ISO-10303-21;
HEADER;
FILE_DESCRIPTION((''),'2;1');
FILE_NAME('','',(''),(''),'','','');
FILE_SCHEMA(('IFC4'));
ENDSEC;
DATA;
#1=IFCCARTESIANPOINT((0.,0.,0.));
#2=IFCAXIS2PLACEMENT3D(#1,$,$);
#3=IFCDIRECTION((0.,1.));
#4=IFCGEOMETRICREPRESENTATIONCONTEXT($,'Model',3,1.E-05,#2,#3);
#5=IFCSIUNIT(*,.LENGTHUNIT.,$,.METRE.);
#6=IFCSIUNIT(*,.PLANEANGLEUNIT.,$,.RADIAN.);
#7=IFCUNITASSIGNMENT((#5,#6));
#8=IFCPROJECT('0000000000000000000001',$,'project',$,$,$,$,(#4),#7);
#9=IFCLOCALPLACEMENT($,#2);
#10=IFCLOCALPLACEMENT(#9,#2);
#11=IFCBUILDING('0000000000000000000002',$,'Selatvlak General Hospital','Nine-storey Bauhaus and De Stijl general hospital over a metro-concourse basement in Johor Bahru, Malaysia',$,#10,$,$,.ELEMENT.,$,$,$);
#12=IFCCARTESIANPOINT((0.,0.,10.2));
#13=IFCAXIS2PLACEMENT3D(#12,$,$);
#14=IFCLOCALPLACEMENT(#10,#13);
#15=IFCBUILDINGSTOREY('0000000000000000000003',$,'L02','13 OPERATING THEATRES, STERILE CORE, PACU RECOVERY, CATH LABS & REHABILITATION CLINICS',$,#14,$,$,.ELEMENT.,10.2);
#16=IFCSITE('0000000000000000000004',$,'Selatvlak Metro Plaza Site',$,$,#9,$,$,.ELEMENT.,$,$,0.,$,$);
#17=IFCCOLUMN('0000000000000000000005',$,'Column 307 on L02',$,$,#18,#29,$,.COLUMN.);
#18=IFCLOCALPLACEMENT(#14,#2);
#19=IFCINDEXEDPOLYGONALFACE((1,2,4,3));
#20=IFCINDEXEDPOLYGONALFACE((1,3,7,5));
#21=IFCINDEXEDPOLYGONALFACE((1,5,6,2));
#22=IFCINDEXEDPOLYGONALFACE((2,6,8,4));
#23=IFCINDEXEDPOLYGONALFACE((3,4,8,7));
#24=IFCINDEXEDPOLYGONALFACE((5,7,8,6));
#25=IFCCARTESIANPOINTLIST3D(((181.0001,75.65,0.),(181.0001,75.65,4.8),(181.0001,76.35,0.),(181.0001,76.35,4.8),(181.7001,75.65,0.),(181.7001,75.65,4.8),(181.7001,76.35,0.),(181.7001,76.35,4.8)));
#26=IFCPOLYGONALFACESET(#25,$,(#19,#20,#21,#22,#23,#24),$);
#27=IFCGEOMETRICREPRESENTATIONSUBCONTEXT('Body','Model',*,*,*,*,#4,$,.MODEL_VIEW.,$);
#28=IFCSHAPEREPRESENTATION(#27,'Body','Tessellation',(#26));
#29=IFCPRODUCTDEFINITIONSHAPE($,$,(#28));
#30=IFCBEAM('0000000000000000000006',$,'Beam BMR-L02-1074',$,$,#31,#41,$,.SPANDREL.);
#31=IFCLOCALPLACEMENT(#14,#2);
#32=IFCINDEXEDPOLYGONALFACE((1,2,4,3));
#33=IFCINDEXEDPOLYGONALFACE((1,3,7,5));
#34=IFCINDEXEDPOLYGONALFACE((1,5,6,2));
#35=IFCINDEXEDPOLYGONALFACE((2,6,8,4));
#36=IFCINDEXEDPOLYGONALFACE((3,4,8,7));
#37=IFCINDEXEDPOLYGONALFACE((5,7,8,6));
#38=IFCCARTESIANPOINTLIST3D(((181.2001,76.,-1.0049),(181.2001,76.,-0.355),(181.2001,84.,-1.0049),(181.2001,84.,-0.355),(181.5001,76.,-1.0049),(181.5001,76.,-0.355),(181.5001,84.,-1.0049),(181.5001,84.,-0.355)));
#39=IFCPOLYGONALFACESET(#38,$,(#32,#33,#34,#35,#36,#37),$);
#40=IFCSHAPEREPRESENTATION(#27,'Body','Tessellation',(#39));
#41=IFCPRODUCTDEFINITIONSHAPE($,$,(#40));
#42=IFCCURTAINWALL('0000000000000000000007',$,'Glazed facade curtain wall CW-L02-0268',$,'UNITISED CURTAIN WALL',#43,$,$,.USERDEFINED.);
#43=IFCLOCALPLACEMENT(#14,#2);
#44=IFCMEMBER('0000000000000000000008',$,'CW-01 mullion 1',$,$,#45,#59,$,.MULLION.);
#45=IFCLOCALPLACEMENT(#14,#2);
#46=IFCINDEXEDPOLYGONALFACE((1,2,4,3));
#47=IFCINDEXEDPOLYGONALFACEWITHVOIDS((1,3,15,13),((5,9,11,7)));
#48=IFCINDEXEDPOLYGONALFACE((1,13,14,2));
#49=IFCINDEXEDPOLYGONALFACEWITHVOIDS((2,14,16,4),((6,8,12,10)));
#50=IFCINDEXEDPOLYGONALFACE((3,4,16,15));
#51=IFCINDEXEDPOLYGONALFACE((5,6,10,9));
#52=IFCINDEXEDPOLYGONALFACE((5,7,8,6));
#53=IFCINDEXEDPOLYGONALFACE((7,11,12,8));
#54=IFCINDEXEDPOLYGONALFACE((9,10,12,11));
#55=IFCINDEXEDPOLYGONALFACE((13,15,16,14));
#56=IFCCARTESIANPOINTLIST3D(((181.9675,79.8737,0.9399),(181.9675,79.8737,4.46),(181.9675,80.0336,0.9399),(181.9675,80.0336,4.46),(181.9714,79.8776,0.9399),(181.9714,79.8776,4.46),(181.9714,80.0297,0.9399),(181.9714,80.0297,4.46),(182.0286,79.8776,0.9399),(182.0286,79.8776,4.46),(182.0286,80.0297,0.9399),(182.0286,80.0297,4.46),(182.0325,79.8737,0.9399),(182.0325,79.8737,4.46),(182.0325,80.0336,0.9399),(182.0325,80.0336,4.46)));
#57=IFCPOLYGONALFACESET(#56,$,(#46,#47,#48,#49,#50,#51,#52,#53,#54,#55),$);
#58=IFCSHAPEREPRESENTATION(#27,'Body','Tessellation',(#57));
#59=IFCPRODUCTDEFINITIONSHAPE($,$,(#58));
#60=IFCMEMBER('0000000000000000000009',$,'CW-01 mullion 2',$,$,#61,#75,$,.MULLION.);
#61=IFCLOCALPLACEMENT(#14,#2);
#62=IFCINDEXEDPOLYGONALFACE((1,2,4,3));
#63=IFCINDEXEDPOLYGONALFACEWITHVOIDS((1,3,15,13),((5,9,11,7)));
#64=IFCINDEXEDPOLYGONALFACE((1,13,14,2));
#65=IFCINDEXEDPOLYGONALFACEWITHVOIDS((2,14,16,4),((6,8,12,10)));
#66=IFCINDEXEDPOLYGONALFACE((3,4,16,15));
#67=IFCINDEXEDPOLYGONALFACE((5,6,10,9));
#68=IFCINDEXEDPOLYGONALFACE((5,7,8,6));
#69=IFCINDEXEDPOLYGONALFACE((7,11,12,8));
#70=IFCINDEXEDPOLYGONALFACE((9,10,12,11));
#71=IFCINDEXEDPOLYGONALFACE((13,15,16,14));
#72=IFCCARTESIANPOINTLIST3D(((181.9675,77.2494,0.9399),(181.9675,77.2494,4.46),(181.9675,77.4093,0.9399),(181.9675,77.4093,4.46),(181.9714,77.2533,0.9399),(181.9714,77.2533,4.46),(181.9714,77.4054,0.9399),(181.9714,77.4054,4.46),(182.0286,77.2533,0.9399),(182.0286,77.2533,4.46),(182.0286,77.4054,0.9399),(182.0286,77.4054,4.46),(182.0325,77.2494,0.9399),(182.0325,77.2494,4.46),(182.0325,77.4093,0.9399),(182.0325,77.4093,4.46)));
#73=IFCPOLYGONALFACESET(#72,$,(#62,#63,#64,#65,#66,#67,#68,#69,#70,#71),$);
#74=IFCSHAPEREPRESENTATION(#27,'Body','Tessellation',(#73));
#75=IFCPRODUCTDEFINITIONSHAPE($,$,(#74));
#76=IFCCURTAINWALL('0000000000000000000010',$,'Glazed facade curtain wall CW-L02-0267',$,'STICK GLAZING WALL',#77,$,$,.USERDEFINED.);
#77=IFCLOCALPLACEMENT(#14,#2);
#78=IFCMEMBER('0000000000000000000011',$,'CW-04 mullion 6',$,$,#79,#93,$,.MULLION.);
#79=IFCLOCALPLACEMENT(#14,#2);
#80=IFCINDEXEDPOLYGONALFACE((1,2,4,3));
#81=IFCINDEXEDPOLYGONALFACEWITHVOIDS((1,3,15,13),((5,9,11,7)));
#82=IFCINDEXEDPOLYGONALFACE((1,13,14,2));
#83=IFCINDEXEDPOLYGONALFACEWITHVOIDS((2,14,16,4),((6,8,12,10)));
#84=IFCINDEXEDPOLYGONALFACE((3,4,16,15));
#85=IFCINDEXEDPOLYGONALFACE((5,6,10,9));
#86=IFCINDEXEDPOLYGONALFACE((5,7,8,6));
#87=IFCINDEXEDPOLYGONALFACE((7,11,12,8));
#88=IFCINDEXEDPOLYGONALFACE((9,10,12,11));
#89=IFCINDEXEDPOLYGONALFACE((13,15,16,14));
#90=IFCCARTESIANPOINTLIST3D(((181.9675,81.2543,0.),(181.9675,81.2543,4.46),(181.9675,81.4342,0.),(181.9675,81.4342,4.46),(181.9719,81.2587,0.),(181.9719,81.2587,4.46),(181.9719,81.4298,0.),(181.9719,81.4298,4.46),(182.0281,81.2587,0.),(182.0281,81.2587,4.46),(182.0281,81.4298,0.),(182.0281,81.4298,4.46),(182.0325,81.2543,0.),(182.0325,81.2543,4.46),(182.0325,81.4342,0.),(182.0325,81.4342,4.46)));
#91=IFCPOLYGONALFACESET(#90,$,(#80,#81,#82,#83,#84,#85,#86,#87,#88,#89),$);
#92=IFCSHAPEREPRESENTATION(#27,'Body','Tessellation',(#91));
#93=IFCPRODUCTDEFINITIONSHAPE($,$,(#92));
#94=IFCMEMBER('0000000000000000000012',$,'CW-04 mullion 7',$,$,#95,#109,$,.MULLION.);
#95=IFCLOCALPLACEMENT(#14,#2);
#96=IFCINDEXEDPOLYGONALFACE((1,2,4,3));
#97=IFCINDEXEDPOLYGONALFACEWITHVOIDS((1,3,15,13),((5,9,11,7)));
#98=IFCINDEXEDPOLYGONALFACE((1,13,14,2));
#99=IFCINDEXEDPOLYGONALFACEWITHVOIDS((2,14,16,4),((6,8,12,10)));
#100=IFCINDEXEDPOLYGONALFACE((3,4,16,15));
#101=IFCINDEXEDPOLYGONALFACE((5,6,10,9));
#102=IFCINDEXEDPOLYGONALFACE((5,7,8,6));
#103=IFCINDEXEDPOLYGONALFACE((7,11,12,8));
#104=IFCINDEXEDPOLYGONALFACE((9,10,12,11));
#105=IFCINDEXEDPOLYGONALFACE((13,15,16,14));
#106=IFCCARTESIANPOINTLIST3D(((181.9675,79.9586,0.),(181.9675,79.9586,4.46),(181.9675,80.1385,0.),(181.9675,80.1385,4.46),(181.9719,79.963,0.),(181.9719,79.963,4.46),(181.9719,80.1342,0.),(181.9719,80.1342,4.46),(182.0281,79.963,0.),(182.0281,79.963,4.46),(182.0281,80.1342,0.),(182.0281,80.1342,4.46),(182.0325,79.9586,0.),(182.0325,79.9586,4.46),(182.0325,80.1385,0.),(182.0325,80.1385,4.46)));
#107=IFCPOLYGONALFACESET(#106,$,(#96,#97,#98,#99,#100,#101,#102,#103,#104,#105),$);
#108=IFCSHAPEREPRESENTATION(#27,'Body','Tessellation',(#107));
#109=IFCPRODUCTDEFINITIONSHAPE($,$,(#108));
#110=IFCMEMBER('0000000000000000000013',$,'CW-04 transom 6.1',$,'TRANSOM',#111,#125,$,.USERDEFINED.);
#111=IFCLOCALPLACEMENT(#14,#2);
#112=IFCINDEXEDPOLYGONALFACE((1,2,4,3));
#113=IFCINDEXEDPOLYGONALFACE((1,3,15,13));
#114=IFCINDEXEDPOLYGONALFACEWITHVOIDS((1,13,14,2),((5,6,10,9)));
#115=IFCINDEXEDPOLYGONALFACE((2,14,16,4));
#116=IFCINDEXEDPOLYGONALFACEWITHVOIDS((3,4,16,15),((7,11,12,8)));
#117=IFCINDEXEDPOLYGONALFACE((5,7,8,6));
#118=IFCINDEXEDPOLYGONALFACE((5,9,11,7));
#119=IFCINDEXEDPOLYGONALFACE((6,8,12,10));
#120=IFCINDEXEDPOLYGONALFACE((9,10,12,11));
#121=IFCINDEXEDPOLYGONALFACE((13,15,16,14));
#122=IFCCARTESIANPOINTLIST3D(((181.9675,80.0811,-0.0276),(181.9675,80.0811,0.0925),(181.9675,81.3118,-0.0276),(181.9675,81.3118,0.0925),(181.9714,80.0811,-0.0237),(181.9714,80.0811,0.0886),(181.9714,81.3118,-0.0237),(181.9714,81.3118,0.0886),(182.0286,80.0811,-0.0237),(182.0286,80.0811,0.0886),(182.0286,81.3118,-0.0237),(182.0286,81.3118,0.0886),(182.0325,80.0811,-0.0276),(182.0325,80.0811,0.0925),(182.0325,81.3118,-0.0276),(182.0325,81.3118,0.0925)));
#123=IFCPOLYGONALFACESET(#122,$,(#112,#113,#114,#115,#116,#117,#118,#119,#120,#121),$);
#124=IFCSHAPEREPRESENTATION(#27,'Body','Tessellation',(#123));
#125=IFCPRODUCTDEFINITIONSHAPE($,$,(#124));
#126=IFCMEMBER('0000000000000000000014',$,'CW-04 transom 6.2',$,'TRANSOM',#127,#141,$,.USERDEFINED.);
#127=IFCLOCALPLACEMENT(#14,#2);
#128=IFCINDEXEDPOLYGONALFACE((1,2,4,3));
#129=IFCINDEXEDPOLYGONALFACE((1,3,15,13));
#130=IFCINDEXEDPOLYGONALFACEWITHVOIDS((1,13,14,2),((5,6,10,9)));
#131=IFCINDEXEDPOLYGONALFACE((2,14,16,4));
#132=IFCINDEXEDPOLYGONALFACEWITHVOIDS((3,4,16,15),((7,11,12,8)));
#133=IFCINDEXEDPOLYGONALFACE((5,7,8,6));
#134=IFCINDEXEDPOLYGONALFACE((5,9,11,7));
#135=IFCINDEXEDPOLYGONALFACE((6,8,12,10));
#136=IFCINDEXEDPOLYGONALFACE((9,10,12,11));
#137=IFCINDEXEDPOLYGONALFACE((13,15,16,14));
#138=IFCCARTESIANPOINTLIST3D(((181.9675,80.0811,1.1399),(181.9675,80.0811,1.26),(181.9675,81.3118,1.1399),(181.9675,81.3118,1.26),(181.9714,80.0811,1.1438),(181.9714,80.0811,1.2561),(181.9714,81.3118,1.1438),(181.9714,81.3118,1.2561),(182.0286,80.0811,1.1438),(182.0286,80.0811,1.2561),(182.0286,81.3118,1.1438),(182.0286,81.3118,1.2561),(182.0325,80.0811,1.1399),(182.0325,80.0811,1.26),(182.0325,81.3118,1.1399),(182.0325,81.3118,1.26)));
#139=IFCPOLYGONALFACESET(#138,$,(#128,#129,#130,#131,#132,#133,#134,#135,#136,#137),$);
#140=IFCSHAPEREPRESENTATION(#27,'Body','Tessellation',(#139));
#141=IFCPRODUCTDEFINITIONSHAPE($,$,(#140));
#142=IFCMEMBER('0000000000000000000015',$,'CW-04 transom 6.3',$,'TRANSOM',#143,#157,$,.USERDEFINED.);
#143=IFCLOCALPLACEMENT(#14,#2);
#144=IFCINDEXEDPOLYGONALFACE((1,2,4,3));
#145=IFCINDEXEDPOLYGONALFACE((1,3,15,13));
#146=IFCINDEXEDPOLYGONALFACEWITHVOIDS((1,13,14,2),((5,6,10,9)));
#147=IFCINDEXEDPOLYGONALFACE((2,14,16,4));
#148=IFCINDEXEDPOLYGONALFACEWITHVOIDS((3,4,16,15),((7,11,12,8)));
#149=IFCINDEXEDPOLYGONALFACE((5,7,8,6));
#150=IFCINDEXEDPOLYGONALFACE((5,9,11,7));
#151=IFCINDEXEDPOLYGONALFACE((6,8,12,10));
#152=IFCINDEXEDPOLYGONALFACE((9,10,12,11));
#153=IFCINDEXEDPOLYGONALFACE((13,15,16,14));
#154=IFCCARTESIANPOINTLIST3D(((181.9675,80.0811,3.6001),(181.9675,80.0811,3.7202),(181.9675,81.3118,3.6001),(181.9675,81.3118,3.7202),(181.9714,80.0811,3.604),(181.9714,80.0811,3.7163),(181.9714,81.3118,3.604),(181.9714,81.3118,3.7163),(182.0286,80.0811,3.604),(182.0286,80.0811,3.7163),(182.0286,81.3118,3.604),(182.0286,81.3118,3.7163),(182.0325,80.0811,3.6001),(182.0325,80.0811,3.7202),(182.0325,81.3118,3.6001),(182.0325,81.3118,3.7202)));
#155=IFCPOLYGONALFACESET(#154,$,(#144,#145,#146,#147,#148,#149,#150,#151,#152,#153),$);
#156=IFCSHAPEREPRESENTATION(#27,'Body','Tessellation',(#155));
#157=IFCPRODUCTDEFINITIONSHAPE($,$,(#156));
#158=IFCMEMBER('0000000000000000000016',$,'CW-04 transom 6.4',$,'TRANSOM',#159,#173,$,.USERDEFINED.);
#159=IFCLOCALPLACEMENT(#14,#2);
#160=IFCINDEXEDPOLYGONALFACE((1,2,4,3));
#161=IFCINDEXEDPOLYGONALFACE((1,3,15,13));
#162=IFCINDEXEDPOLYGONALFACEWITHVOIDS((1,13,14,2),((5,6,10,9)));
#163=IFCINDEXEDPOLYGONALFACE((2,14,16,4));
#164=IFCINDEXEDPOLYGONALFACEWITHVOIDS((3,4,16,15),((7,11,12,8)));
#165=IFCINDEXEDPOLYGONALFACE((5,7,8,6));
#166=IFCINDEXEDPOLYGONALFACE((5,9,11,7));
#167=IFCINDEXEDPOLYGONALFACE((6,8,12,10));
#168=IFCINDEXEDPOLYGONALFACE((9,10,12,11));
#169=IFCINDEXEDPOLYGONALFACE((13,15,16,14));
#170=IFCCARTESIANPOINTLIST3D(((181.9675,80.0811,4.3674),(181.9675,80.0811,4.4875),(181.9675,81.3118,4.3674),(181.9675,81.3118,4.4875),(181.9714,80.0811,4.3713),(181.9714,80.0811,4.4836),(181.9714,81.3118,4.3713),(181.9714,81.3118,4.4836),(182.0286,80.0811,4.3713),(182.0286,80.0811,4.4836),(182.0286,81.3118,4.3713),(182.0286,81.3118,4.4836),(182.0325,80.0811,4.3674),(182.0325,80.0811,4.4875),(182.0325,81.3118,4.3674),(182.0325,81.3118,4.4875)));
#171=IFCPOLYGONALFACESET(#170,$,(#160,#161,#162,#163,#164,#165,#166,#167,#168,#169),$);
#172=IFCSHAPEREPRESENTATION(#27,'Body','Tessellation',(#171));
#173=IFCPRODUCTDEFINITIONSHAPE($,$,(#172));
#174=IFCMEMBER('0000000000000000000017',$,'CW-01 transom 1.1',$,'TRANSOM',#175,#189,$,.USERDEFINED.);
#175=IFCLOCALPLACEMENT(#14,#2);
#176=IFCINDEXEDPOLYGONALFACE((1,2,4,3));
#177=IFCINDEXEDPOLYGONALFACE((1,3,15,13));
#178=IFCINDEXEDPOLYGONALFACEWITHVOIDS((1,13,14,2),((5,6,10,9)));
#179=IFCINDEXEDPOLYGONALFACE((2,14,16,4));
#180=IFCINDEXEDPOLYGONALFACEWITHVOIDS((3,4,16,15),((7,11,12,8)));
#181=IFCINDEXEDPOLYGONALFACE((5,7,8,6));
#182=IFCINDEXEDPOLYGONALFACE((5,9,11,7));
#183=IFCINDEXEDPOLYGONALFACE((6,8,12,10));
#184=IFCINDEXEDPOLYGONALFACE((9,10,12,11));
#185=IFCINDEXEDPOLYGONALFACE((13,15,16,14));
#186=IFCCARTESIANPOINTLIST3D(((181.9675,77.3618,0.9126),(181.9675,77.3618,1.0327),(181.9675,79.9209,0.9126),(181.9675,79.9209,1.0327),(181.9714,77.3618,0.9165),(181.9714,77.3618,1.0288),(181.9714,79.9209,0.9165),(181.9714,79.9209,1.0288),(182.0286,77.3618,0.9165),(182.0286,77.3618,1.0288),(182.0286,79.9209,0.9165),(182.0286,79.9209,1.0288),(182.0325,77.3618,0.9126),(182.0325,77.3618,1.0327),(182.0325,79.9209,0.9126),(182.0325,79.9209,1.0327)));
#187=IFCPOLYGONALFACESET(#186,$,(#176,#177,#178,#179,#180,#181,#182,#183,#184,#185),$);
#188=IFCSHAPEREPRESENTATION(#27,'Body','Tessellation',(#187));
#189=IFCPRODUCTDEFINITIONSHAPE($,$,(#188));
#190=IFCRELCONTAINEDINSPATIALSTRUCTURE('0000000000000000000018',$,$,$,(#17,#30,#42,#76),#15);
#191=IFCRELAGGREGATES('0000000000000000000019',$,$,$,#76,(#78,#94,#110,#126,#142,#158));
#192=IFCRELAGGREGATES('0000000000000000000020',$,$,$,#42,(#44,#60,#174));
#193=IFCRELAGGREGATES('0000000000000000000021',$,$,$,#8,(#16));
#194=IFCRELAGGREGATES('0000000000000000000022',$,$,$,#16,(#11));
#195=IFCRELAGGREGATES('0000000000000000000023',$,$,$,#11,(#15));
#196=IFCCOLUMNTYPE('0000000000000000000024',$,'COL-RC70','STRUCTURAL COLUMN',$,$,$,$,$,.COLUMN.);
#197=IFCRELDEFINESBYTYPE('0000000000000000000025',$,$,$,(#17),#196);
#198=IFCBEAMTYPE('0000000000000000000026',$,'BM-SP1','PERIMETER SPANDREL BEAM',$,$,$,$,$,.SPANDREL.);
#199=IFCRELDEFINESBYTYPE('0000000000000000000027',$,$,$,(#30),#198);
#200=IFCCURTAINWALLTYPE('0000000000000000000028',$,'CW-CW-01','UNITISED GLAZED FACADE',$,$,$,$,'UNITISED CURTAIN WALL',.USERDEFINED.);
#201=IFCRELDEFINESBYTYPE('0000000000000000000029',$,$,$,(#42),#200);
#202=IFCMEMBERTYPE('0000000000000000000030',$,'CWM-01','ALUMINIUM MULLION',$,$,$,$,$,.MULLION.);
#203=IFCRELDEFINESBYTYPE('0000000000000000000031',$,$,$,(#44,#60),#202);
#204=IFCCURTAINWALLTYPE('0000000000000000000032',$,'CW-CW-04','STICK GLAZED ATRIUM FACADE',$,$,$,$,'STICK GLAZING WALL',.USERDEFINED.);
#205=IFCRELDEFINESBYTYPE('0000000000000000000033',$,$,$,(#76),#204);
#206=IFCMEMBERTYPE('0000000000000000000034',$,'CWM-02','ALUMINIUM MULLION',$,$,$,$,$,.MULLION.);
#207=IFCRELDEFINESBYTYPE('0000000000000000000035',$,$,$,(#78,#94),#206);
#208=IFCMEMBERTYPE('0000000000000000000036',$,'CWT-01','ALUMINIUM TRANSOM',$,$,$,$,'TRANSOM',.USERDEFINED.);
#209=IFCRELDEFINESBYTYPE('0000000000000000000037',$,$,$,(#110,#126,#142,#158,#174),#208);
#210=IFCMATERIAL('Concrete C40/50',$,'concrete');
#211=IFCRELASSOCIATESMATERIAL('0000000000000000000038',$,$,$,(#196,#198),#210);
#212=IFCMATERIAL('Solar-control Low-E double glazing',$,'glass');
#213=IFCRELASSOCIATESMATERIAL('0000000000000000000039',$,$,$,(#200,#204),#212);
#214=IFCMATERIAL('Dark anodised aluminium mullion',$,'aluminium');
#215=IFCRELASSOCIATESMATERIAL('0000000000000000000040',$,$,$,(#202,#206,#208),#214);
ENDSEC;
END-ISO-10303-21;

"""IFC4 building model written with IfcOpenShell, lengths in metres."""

from ifc_helpers import new_model, si_unit, direction, frame, origin, origin_2d, place, context, subcontext, project, spatial, rectangle, hollow_rectangle, extrude, material, material_profile, profile_set, type_object, element, aggregate, save


model = new_model("IFC4")

# Units and contexts
model_context = context("Model", 3, precision=1e-05, world=origin(), true_north=direction((0.0, 1.0)))
body_context = subcontext(model_context, "Body", "Model", "MODEL_VIEW")
ifc_project = project(units=[si_unit("LENGTHUNIT", "METRE"), si_unit("PLANEANGLEUNIT", "RADIAN")], contexts=[model_context])

# Site, building, storey
site_placement = place(None, origin())
site = spatial("IfcSite", under=ifc_project, at=site_placement, Name="Selatvlak Metro Plaza Site", CompositionType="ELEMENT", RefElevation=0.0)
building_placement = place(site_placement, origin())
building = spatial("IfcBuilding", under=site, at=building_placement, Name="Selatvlak General Hospital", Description="Nine-storey Bauhaus and De Stijl general hospital over a metro-concourse basement in Johor Bahru, Malaysia", CompositionType="ELEMENT")
storey_placement = place(building_placement, frame((0.0, 0.0, 10.2)))
storey = spatial("IfcBuildingStorey", under=building, at=storey_placement, Name="L02", Description="13 OPERATING THEATRES, STERILE CORE, PACU RECOVERY, CATH LABS & REHABILITATION CLINICS", CompositionType="ELEMENT", Elevation=10.2)

# Column
ifc_material_1 = material(Name="Concrete C40/50", Category="concrete")
ifc_material_profile_1 = material_profile(ifc_material_1, rectangle(XDim=0.7, YDim=0.7, at=origin_2d()), Name="RC-COL 700x700")
ifc_profile_set_1 = profile_set([ifc_material_profile_1], Name="Concrete C40/50")
column_type = type_object("IfcColumnType", Name="COL-RC70", Description="STRUCTURAL COLUMN", PredefinedType="COLUMN", material=ifc_profile_set_1)
column_placement = place(storey_placement, frame((181.3501, 76.0, 0.0), z_axis=(0.0, 0.0, 1.0), x_axis=(1.0, 0.0, 0.0)))
element("IfcColumn", 1, at=column_placement, inside=storey, type_object=column_type, Name="Column 307 on L02", PredefinedType="COLUMN", context=body_context, shape_type="SweptSolid", body=[
    extrude(rectangle(XDim=0.7, YDim=0.7, at=origin_2d()), origin(), (0.0, 0.0, 1.0), 4.8),
])

# Beam
ifc_material_profile_2 = material_profile(ifc_material_1, rectangle(XDim=0.3, YDim=0.6499, at=origin_2d()), Name="RC-SP 300x650")
ifc_profile_set_2 = profile_set([ifc_material_profile_2], Name="Concrete C40/50")
beam_type = type_object("IfcBeamType", Name="BM-SP1", Description="PERIMETER SPANDREL BEAM", PredefinedType="SPANDREL", material=ifc_profile_set_2)
beam_placement = place(storey_placement, frame((181.3501, 76.0, -0.6799), z_axis=(0.0, 1.0, 0.0), x_axis=(-1.0, 0.0, 0.0)))
element("IfcBeam", 2, at=beam_placement, inside=storey, type_object=beam_type, Name="Beam BMR-L02-1074", PredefinedType="SPANDREL", context=body_context, shape_type="SweptSolid", body=[
    extrude(rectangle(XDim=0.3, YDim=0.6499, at=origin_2d()), origin(), (0.0, 0.0, 1.0), 8.0),
])

# Curtain walls, members
ifc_material_2 = material(Name="Solar-control Low-E double glazing", Category="glass")
curtain_wall_type_1 = type_object("IfcCurtainWallType", Name="CW-CW-01", Description="UNITISED GLAZED FACADE", ElementType="UNITISED CURTAIN WALL", PredefinedType="USERDEFINED", material=ifc_material_2)
curtain_wall_1_placement = place(storey_placement, origin())
curtain_wall_1 = element("IfcCurtainWall", 3, at=curtain_wall_1_placement, inside=storey, type_object=curtain_wall_type_1, Name="Glazed facade curtain wall CW-L02-0268", ObjectType="UNITISED CURTAIN WALL", PredefinedType="USERDEFINED")
ifc_material_3 = material(Name="Dark anodised aluminium mullion", Category="aluminium")
ifc_material_profile_3 = material_profile(ifc_material_3, hollow_rectangle(XDim=0.0649, YDim=0.1599, WallThickness=0.0039, at=origin_2d()), Name="AL-MUL 65x160x4")
ifc_profile_set_3 = profile_set([ifc_material_profile_3], Name="Dark anodised aluminium mullion")
member_type_1 = type_object("IfcMemberType", Name="CWM-01", Description="ALUMINIUM MULLION", PredefinedType="MULLION", material=ifc_profile_set_3)
member_1_placement = place(storey_placement, frame((182.0, 79.9536, 0.9399), z_axis=(0.0, 0.0, 1.0), x_axis=(1.0, 0.0, 0.0)))
member_1 = element("IfcMember", 4, at=member_1_placement, type_object=member_type_1, Name="CW-01 mullion 1", PredefinedType="MULLION", context=body_context, shape_type="SweptSolid", body=[
    extrude(hollow_rectangle(XDim=0.0649, YDim=0.1599, WallThickness=0.0039, at=origin_2d()), origin(), (0.0, 0.0, 1.0), 3.52),
])
member_2_placement = place(storey_placement, frame((182.0, 77.3293, 0.9399), z_axis=(0.0, 0.0, 1.0), x_axis=(1.0, 0.0, 0.0)))
member_2 = element("IfcMember", 5, at=member_2_placement, type_object=member_type_1, Name="CW-01 mullion 2", PredefinedType="MULLION", context=body_context, shape_type="SweptSolid", body=[
    extrude(hollow_rectangle(XDim=0.0649, YDim=0.1599, WallThickness=0.0039, at=origin_2d()), origin(), (0.0, 0.0, 1.0), 3.52),
])
curtain_wall_type_2 = type_object("IfcCurtainWallType", Name="CW-CW-04", Description="STICK GLAZED ATRIUM FACADE", ElementType="STICK GLAZING WALL", PredefinedType="USERDEFINED", material=ifc_material_2)
curtain_wall_2_placement = place(storey_placement, origin())
curtain_wall_2 = element("IfcCurtainWall", 6, at=curtain_wall_2_placement, inside=storey, type_object=curtain_wall_type_2, Name="Glazed facade curtain wall CW-L02-0267", ObjectType="STICK GLAZING WALL", PredefinedType="USERDEFINED")
ifc_material_profile_4 = material_profile(ifc_material_3, hollow_rectangle(XDim=0.0649, YDim=0.1799, WallThickness=0.0044, at=origin_2d()), Name="AL-MUL 65x180x4.5")
ifc_profile_set_4 = profile_set([ifc_material_profile_4], Name="Dark anodised aluminium mullion")
member_type_2 = type_object("IfcMemberType", Name="CWM-02", Description="ALUMINIUM MULLION", PredefinedType="MULLION", material=ifc_profile_set_4)
member_3_placement = place(storey_placement, frame((182.0, 81.3442, 0.0), z_axis=(0.0, 0.0, 1.0), x_axis=(1.0, 0.0, 0.0)))
member_3 = element("IfcMember", 7, at=member_3_placement, type_object=member_type_2, Name="CW-04 mullion 6", PredefinedType="MULLION", context=body_context, shape_type="SweptSolid", body=[
    extrude(hollow_rectangle(XDim=0.0649, YDim=0.1799, WallThickness=0.0044, at=origin_2d()), origin(), (0.0, 0.0, 1.0), 4.46),
])
member_4_placement = place(storey_placement, frame((182.0, 80.0486, 0.0), z_axis=(0.0, 0.0, 1.0), x_axis=(1.0, 0.0, 0.0)))
member_4 = element("IfcMember", 8, at=member_4_placement, type_object=member_type_2, Name="CW-04 mullion 7", PredefinedType="MULLION", context=body_context, shape_type="SweptSolid", body=[
    extrude(hollow_rectangle(XDim=0.0649, YDim=0.1799, WallThickness=0.0044, at=origin_2d()), origin(), (0.0, 0.0, 1.0), 4.46),
])
ifc_material_profile_5 = material_profile(ifc_material_3, hollow_rectangle(XDim=0.0649, YDim=0.1201, WallThickness=0.0039, at=origin_2d()), Name="AL-TRN 65x120x4")
ifc_profile_set_5 = profile_set([ifc_material_profile_5], Name="Dark anodised aluminium mullion")
member_type_3 = type_object("IfcMemberType", Name="CWT-01", Description="ALUMINIUM TRANSOM", ElementType="TRANSOM", PredefinedType="USERDEFINED", material=ifc_profile_set_5)
member_5_placement = place(storey_placement, frame((182.0, 81.3118, 0.0325), z_axis=(0.0, -1.0, 0.0), x_axis=(1.0, 0.0, 0.0)))
member_5 = element("IfcMember", 9, at=member_5_placement, type_object=member_type_3, Name="CW-04 transom 6.1", ObjectType="TRANSOM", PredefinedType="USERDEFINED", context=body_context, shape_type="SweptSolid", body=[
    extrude(hollow_rectangle(XDim=0.0649, YDim=0.1201, WallThickness=0.0039, at=origin_2d()), origin(), (0.0, 0.0, 1.0), 1.2307),
])
member_6_placement = place(storey_placement, frame((182.0, 81.3118, 1.2), z_axis=(0.0, -1.0, 0.0), x_axis=(1.0, 0.0, 0.0)))
member_6 = element("IfcMember", 10, at=member_6_placement, type_object=member_type_3, Name="CW-04 transom 6.2", ObjectType="TRANSOM", PredefinedType="USERDEFINED", context=body_context, shape_type="SweptSolid", body=[
    extrude(hollow_rectangle(XDim=0.0649, YDim=0.1201, WallThickness=0.0039, at=origin_2d()), origin(), (0.0, 0.0, 1.0), 1.2307),
])
member_7_placement = place(storey_placement, frame((182.0, 81.3118, 3.6602), z_axis=(0.0, -1.0, 0.0), x_axis=(1.0, 0.0, 0.0)))
member_7 = element("IfcMember", 11, at=member_7_placement, type_object=member_type_3, Name="CW-04 transom 6.3", ObjectType="TRANSOM", PredefinedType="USERDEFINED", context=body_context, shape_type="SweptSolid", body=[
    extrude(hollow_rectangle(XDim=0.0649, YDim=0.1201, WallThickness=0.0039, at=origin_2d()), origin(), (0.0, 0.0, 1.0), 1.2307),
])
member_8_placement = place(storey_placement, frame((182.0, 81.3118, 4.4275), z_axis=(0.0, -1.0, 0.0), x_axis=(1.0, 0.0, 0.0)))
member_8 = element("IfcMember", 12, at=member_8_placement, type_object=member_type_3, Name="CW-04 transom 6.4", ObjectType="TRANSOM", PredefinedType="USERDEFINED", context=body_context, shape_type="SweptSolid", body=[
    extrude(hollow_rectangle(XDim=0.0649, YDim=0.1201, WallThickness=0.0039, at=origin_2d()), origin(), (0.0, 0.0, 1.0), 1.2307),
])

# Member
member_9_placement = place(storey_placement, frame((182.0, 79.9209, 0.9727), z_axis=(0.0, -1.0, 0.0), x_axis=(1.0, 0.0, 0.0)))
member_9 = element("IfcMember", 13, at=member_9_placement, type_object=member_type_3, Name="CW-01 transom 1.1", ObjectType="TRANSOM", PredefinedType="USERDEFINED", context=body_context, shape_type="SweptSolid", body=[
    extrude(hollow_rectangle(XDim=0.0649, YDim=0.1201, WallThickness=0.0039, at=origin_2d()), origin(), (0.0, 0.0, 1.0), 2.5591),
])

aggregate(curtain_wall_2, [member_3, member_4, member_5, member_6, member_7, member_8])
aggregate(curtain_wall_1, [member_1, member_2, member_9])

save(model, "model.ifc")
